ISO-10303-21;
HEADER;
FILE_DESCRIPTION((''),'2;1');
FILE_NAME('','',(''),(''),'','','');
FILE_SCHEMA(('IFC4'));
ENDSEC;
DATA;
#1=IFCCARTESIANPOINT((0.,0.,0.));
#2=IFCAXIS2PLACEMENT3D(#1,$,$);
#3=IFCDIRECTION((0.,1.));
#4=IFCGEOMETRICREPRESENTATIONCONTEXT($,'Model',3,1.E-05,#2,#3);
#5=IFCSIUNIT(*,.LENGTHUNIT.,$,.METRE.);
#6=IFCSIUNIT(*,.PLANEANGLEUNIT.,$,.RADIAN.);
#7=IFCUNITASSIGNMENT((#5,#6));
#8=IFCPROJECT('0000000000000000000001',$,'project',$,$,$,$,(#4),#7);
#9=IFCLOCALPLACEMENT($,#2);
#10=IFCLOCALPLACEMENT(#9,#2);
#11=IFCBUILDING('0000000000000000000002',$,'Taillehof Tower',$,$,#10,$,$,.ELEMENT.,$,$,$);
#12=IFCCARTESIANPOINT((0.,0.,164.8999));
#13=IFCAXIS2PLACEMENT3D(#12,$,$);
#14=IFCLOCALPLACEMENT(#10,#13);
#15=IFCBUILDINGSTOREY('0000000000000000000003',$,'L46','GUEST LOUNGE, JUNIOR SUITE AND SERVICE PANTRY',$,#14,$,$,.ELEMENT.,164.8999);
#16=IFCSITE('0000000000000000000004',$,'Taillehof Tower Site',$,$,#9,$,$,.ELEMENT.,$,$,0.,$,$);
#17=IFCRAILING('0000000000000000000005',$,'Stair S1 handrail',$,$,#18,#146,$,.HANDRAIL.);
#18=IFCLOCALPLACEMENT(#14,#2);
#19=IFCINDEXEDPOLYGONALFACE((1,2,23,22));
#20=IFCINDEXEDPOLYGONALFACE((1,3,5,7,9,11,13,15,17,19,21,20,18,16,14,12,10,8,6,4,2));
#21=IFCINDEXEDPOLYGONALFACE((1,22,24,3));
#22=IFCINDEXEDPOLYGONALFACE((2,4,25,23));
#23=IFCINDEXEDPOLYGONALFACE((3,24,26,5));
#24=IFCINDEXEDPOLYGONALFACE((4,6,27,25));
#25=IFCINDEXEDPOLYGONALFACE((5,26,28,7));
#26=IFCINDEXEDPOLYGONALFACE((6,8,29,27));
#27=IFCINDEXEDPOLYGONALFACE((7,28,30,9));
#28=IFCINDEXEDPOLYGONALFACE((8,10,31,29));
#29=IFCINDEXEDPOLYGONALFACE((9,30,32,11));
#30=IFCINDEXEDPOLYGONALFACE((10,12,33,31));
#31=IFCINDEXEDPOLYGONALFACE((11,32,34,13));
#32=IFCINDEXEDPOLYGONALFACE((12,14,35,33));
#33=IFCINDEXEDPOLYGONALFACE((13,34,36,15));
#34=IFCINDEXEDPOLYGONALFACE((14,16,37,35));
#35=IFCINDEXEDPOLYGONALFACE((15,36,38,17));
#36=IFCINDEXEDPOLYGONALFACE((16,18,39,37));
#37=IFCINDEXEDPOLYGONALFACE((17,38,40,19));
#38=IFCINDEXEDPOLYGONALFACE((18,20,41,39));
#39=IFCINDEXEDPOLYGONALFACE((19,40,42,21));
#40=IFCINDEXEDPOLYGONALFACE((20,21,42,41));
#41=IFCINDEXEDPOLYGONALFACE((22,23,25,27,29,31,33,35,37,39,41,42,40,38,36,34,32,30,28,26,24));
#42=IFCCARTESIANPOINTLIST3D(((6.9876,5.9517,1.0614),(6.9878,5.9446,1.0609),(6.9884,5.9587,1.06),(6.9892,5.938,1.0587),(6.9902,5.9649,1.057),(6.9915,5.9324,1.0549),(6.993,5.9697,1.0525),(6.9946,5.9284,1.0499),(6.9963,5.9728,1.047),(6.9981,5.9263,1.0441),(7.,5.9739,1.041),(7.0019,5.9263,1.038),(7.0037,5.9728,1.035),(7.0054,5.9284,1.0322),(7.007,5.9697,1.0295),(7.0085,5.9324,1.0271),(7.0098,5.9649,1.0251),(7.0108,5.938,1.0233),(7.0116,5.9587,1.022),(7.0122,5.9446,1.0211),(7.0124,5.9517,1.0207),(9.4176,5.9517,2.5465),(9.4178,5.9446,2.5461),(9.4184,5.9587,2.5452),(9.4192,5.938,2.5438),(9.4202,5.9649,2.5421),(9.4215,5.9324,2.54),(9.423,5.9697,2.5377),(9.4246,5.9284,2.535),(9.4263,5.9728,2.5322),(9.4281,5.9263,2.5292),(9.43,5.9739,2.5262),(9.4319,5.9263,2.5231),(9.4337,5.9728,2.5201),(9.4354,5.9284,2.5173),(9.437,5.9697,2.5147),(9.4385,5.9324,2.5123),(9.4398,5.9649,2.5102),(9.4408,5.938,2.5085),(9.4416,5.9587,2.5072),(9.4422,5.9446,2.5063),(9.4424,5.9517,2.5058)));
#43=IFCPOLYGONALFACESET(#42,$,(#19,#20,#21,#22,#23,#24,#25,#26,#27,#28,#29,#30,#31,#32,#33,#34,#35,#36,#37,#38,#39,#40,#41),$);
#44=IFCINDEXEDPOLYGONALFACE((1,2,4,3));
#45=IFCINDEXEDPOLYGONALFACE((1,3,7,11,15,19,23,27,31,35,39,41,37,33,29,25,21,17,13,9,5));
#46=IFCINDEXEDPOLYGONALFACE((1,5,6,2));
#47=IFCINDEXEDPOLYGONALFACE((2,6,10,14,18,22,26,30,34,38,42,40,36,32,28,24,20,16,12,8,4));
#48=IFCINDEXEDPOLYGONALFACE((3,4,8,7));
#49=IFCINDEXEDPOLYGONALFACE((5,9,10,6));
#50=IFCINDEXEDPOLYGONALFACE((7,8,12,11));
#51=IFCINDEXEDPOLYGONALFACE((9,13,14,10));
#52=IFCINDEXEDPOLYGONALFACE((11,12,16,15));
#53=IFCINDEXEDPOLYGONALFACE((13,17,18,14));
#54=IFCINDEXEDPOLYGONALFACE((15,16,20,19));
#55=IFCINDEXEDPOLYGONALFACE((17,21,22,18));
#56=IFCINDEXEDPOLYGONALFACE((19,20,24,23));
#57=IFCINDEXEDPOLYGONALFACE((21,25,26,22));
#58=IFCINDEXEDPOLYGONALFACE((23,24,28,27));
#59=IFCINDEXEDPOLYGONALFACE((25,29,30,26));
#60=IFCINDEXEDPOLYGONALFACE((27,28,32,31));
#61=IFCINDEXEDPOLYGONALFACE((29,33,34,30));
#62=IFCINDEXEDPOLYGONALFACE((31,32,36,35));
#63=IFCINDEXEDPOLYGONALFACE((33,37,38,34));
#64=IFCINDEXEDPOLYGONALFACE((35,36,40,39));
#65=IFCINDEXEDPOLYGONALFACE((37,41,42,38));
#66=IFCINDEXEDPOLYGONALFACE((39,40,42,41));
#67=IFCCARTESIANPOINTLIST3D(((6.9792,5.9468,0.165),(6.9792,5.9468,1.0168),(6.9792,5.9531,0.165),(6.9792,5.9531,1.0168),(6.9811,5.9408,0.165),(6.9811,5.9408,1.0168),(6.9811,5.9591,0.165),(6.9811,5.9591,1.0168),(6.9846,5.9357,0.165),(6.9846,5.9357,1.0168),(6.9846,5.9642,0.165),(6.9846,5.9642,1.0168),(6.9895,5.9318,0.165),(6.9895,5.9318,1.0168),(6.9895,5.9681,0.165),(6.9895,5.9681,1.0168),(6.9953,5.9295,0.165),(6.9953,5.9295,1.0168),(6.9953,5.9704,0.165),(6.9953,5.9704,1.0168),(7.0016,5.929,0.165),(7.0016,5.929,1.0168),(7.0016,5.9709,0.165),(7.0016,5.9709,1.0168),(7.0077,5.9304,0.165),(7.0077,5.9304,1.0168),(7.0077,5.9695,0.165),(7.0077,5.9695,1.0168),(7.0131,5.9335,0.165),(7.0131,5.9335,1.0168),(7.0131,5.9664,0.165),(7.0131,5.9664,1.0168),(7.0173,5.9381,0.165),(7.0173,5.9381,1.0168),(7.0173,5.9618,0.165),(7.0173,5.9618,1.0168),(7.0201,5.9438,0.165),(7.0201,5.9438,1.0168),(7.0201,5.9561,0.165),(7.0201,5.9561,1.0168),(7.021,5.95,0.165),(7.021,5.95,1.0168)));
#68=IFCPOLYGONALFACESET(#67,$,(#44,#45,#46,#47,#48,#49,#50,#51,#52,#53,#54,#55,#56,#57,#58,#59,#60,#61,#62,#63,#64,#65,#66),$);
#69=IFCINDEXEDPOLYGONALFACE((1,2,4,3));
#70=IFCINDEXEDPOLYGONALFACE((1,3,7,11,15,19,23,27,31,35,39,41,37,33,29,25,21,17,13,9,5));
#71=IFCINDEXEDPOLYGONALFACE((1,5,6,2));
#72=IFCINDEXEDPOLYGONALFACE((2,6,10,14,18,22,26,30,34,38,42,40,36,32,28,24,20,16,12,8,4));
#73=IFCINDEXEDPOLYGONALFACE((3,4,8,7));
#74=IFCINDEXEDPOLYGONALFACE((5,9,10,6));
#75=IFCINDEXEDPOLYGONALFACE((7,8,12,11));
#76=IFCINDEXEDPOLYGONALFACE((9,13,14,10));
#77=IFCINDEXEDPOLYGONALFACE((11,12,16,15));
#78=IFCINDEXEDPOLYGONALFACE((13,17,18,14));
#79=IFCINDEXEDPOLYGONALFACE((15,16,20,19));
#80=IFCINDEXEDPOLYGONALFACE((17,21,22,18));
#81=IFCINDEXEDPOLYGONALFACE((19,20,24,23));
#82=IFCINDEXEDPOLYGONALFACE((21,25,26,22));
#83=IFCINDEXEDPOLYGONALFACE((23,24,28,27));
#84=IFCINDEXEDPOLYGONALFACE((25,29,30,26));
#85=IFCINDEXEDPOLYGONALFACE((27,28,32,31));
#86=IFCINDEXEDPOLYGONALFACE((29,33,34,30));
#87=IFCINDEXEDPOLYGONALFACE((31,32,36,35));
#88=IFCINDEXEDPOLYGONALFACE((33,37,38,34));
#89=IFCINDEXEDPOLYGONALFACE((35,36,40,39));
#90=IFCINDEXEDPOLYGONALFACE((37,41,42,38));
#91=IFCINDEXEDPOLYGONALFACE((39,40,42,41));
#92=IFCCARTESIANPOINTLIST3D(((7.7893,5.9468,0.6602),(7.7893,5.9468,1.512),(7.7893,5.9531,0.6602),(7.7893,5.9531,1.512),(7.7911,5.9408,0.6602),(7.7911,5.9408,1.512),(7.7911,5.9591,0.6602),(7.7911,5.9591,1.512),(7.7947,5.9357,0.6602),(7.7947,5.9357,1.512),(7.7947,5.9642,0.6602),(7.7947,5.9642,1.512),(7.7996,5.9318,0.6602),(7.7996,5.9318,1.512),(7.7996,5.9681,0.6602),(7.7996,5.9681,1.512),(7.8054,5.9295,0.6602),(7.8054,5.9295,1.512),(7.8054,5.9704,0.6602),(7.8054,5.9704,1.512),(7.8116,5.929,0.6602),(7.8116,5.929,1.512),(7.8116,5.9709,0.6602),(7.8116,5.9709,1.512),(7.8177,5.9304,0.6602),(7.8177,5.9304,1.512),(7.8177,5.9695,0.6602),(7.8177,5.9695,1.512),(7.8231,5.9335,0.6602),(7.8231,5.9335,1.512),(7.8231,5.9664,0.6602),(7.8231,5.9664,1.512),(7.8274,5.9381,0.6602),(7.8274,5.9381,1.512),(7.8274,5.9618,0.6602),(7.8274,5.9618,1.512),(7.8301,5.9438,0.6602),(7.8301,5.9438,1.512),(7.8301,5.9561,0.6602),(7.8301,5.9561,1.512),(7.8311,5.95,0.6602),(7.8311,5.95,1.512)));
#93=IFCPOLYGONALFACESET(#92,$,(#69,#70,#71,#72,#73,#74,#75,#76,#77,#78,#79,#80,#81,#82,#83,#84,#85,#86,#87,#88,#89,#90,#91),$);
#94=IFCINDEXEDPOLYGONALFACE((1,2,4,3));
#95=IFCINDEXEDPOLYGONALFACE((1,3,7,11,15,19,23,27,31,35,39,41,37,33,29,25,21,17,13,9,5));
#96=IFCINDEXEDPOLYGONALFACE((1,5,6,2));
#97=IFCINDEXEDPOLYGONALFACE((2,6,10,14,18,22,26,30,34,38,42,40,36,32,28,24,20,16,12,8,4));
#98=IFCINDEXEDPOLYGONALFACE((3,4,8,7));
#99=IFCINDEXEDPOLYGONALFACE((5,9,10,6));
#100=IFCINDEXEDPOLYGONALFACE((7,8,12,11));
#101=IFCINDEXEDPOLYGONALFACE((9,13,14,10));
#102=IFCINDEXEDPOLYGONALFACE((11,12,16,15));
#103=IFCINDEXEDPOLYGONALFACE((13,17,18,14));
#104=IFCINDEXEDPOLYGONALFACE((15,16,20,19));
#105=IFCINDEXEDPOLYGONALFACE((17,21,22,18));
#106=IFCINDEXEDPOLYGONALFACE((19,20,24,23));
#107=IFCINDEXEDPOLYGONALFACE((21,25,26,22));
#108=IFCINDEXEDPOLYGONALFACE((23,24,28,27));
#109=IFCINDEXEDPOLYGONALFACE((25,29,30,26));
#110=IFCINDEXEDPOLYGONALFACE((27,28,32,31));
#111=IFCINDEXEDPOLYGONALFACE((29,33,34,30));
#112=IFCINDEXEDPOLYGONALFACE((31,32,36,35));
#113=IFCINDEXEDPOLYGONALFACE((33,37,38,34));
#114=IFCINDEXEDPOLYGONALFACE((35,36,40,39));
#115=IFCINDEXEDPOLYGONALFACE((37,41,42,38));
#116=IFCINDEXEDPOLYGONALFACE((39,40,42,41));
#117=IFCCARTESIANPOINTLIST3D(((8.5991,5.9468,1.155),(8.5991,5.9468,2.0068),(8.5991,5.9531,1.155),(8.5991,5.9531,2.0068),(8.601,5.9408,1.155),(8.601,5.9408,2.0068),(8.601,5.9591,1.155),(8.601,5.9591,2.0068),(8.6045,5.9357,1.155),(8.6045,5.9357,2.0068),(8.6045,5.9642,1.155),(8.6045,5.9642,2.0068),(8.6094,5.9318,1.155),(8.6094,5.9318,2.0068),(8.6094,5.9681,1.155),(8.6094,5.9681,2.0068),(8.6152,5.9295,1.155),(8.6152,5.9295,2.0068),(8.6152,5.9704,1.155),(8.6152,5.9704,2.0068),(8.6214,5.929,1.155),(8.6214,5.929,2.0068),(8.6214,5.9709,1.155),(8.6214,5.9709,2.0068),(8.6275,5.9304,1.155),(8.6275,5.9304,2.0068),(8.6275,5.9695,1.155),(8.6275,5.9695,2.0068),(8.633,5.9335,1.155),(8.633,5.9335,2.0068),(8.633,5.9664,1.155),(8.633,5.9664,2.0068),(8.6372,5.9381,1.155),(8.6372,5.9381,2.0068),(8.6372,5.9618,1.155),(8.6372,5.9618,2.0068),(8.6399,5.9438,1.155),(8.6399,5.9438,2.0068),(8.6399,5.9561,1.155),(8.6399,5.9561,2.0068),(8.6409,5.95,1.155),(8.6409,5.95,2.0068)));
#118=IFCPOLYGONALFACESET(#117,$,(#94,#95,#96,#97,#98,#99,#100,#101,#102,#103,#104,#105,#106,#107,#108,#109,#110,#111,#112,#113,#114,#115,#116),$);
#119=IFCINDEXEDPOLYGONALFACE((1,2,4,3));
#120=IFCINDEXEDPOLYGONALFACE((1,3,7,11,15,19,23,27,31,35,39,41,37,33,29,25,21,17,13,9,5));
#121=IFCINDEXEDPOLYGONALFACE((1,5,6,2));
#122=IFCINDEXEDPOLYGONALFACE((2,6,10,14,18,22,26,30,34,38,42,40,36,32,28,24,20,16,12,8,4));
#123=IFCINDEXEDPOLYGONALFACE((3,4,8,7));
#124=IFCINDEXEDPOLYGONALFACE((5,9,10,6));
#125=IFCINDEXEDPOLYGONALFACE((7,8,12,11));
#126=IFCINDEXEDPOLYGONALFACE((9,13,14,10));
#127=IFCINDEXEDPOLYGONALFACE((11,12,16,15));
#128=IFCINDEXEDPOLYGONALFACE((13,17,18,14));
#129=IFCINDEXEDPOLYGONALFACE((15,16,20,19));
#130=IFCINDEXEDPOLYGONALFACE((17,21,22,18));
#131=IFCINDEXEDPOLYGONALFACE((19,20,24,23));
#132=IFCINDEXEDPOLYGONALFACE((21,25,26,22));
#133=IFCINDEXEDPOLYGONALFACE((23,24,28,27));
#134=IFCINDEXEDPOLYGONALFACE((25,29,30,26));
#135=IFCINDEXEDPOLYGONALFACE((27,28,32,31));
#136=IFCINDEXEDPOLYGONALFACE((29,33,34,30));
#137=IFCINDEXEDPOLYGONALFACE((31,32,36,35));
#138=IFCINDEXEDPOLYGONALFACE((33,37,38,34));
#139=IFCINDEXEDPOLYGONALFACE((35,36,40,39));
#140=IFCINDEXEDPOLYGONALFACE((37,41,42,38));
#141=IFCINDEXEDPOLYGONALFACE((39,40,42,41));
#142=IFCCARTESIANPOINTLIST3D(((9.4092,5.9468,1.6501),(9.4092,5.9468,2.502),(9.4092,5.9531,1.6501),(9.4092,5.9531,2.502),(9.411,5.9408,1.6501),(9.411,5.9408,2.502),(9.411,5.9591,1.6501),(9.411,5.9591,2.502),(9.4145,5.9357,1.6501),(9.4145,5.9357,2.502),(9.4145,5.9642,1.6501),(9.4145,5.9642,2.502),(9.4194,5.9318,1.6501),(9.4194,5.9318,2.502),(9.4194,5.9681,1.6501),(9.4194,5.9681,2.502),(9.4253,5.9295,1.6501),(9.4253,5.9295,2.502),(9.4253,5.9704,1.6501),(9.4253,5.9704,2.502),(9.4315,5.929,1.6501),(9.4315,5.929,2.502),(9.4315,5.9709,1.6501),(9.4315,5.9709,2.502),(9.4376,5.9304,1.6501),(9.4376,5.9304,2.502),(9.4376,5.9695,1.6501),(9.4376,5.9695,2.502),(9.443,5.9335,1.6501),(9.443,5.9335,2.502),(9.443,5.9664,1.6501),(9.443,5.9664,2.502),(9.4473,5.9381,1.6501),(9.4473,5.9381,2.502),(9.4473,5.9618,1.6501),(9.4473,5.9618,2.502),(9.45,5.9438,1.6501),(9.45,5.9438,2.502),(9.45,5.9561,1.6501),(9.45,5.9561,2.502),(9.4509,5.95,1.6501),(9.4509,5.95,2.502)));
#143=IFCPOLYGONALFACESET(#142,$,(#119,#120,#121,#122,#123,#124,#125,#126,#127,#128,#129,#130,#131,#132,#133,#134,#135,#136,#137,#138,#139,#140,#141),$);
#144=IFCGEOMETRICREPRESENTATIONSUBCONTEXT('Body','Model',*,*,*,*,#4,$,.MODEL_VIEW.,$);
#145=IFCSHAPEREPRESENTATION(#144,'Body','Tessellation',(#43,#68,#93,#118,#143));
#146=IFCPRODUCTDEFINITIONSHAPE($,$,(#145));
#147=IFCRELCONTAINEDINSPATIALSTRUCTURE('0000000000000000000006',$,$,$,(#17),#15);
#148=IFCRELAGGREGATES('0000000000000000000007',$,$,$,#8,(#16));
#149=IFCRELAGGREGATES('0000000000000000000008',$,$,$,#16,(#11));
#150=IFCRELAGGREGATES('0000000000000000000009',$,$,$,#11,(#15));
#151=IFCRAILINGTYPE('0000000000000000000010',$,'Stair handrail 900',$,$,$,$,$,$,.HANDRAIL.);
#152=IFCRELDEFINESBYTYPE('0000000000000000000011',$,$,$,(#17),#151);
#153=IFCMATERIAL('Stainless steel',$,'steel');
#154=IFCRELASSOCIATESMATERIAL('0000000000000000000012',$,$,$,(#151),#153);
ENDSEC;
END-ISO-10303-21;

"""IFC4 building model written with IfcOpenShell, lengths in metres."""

from ifc_helpers import new_model, si_unit, direction, frame, origin, origin_2d, place, context, subcontext, project, spatial, circle, extrude, material, type_object, element, save


model = new_model("IFC4")

# Units and contexts
model_context = context("Model", 3, precision=1e-05, world=origin(), true_north=direction((0.0, 1.0)))
body_context = subcontext(model_context, "Body", "Model", "MODEL_VIEW")
ifc_project = project(units=[si_unit("LENGTHUNIT", "METRE"), si_unit("PLANEANGLEUNIT", "RADIAN")], contexts=[model_context])

# Site, building, storey
site_placement = place(None, origin())
site = spatial("IfcSite", under=ifc_project, at=site_placement, Name="Taillehof Tower Site", CompositionType="ELEMENT", RefElevation=0.0)
building_placement = place(site_placement, origin())
building = spatial("IfcBuilding", under=site, at=building_placement, Name="Taillehof Tower", CompositionType="ELEMENT")
storey_placement = place(building_placement, frame((0.0, 0.0, 164.8999)))
storey = spatial("IfcBuildingStorey", under=building, at=storey_placement, Name="L46", Description="GUEST LOUNGE, JUNIOR SUITE AND SERVICE PANTRY", CompositionType="ELEMENT", Elevation=164.8999)

# Railing
ifc_material_1 = material(Name="Stainless steel", Category="steel")
railing_type = type_object("IfcRailingType", Name="Stair handrail 900", PredefinedType="HANDRAIL", material=ifc_material_1)
railing_placement = place(storey_placement, frame((7.0, 5.95, 0.165)))
element("IfcRailing", 1, at=railing_placement, inside=storey, type_object=railing_type, Name="Stair S1 handrail", PredefinedType="HANDRAIL", context=body_context, shape_type="SweptSolid", body=[
    extrude(circle(Radius=0.0239, at=origin_2d()), frame((0.0, 0.0, 0.876), z_axis=(0.853259, 0.0, 0.521488), x_axis=(0.0, 1.0, 0.0)), (0.0, 0.0, 1.0), 2.8479),
    extrude(circle(Radius=0.021, at=origin_2d()), origin(), (0.0, 0.0, 1.0), 0.8518),
    extrude(circle(Radius=0.021, at=origin_2d()), frame((0.8101, 0.0, 0.4951)), (0.0, 0.0, 1.0), 0.8518),
    extrude(circle(Radius=0.021, at=origin_2d()), frame((1.6199, 0.0, 0.99)), (0.0, 0.0, 1.0), 0.8518),
    extrude(circle(Radius=0.021, at=origin_2d()), frame((2.4299, 0.0, 1.4851)), (0.0, 0.0, 1.0), 0.8518),
])

save(model, "model.ifc")
